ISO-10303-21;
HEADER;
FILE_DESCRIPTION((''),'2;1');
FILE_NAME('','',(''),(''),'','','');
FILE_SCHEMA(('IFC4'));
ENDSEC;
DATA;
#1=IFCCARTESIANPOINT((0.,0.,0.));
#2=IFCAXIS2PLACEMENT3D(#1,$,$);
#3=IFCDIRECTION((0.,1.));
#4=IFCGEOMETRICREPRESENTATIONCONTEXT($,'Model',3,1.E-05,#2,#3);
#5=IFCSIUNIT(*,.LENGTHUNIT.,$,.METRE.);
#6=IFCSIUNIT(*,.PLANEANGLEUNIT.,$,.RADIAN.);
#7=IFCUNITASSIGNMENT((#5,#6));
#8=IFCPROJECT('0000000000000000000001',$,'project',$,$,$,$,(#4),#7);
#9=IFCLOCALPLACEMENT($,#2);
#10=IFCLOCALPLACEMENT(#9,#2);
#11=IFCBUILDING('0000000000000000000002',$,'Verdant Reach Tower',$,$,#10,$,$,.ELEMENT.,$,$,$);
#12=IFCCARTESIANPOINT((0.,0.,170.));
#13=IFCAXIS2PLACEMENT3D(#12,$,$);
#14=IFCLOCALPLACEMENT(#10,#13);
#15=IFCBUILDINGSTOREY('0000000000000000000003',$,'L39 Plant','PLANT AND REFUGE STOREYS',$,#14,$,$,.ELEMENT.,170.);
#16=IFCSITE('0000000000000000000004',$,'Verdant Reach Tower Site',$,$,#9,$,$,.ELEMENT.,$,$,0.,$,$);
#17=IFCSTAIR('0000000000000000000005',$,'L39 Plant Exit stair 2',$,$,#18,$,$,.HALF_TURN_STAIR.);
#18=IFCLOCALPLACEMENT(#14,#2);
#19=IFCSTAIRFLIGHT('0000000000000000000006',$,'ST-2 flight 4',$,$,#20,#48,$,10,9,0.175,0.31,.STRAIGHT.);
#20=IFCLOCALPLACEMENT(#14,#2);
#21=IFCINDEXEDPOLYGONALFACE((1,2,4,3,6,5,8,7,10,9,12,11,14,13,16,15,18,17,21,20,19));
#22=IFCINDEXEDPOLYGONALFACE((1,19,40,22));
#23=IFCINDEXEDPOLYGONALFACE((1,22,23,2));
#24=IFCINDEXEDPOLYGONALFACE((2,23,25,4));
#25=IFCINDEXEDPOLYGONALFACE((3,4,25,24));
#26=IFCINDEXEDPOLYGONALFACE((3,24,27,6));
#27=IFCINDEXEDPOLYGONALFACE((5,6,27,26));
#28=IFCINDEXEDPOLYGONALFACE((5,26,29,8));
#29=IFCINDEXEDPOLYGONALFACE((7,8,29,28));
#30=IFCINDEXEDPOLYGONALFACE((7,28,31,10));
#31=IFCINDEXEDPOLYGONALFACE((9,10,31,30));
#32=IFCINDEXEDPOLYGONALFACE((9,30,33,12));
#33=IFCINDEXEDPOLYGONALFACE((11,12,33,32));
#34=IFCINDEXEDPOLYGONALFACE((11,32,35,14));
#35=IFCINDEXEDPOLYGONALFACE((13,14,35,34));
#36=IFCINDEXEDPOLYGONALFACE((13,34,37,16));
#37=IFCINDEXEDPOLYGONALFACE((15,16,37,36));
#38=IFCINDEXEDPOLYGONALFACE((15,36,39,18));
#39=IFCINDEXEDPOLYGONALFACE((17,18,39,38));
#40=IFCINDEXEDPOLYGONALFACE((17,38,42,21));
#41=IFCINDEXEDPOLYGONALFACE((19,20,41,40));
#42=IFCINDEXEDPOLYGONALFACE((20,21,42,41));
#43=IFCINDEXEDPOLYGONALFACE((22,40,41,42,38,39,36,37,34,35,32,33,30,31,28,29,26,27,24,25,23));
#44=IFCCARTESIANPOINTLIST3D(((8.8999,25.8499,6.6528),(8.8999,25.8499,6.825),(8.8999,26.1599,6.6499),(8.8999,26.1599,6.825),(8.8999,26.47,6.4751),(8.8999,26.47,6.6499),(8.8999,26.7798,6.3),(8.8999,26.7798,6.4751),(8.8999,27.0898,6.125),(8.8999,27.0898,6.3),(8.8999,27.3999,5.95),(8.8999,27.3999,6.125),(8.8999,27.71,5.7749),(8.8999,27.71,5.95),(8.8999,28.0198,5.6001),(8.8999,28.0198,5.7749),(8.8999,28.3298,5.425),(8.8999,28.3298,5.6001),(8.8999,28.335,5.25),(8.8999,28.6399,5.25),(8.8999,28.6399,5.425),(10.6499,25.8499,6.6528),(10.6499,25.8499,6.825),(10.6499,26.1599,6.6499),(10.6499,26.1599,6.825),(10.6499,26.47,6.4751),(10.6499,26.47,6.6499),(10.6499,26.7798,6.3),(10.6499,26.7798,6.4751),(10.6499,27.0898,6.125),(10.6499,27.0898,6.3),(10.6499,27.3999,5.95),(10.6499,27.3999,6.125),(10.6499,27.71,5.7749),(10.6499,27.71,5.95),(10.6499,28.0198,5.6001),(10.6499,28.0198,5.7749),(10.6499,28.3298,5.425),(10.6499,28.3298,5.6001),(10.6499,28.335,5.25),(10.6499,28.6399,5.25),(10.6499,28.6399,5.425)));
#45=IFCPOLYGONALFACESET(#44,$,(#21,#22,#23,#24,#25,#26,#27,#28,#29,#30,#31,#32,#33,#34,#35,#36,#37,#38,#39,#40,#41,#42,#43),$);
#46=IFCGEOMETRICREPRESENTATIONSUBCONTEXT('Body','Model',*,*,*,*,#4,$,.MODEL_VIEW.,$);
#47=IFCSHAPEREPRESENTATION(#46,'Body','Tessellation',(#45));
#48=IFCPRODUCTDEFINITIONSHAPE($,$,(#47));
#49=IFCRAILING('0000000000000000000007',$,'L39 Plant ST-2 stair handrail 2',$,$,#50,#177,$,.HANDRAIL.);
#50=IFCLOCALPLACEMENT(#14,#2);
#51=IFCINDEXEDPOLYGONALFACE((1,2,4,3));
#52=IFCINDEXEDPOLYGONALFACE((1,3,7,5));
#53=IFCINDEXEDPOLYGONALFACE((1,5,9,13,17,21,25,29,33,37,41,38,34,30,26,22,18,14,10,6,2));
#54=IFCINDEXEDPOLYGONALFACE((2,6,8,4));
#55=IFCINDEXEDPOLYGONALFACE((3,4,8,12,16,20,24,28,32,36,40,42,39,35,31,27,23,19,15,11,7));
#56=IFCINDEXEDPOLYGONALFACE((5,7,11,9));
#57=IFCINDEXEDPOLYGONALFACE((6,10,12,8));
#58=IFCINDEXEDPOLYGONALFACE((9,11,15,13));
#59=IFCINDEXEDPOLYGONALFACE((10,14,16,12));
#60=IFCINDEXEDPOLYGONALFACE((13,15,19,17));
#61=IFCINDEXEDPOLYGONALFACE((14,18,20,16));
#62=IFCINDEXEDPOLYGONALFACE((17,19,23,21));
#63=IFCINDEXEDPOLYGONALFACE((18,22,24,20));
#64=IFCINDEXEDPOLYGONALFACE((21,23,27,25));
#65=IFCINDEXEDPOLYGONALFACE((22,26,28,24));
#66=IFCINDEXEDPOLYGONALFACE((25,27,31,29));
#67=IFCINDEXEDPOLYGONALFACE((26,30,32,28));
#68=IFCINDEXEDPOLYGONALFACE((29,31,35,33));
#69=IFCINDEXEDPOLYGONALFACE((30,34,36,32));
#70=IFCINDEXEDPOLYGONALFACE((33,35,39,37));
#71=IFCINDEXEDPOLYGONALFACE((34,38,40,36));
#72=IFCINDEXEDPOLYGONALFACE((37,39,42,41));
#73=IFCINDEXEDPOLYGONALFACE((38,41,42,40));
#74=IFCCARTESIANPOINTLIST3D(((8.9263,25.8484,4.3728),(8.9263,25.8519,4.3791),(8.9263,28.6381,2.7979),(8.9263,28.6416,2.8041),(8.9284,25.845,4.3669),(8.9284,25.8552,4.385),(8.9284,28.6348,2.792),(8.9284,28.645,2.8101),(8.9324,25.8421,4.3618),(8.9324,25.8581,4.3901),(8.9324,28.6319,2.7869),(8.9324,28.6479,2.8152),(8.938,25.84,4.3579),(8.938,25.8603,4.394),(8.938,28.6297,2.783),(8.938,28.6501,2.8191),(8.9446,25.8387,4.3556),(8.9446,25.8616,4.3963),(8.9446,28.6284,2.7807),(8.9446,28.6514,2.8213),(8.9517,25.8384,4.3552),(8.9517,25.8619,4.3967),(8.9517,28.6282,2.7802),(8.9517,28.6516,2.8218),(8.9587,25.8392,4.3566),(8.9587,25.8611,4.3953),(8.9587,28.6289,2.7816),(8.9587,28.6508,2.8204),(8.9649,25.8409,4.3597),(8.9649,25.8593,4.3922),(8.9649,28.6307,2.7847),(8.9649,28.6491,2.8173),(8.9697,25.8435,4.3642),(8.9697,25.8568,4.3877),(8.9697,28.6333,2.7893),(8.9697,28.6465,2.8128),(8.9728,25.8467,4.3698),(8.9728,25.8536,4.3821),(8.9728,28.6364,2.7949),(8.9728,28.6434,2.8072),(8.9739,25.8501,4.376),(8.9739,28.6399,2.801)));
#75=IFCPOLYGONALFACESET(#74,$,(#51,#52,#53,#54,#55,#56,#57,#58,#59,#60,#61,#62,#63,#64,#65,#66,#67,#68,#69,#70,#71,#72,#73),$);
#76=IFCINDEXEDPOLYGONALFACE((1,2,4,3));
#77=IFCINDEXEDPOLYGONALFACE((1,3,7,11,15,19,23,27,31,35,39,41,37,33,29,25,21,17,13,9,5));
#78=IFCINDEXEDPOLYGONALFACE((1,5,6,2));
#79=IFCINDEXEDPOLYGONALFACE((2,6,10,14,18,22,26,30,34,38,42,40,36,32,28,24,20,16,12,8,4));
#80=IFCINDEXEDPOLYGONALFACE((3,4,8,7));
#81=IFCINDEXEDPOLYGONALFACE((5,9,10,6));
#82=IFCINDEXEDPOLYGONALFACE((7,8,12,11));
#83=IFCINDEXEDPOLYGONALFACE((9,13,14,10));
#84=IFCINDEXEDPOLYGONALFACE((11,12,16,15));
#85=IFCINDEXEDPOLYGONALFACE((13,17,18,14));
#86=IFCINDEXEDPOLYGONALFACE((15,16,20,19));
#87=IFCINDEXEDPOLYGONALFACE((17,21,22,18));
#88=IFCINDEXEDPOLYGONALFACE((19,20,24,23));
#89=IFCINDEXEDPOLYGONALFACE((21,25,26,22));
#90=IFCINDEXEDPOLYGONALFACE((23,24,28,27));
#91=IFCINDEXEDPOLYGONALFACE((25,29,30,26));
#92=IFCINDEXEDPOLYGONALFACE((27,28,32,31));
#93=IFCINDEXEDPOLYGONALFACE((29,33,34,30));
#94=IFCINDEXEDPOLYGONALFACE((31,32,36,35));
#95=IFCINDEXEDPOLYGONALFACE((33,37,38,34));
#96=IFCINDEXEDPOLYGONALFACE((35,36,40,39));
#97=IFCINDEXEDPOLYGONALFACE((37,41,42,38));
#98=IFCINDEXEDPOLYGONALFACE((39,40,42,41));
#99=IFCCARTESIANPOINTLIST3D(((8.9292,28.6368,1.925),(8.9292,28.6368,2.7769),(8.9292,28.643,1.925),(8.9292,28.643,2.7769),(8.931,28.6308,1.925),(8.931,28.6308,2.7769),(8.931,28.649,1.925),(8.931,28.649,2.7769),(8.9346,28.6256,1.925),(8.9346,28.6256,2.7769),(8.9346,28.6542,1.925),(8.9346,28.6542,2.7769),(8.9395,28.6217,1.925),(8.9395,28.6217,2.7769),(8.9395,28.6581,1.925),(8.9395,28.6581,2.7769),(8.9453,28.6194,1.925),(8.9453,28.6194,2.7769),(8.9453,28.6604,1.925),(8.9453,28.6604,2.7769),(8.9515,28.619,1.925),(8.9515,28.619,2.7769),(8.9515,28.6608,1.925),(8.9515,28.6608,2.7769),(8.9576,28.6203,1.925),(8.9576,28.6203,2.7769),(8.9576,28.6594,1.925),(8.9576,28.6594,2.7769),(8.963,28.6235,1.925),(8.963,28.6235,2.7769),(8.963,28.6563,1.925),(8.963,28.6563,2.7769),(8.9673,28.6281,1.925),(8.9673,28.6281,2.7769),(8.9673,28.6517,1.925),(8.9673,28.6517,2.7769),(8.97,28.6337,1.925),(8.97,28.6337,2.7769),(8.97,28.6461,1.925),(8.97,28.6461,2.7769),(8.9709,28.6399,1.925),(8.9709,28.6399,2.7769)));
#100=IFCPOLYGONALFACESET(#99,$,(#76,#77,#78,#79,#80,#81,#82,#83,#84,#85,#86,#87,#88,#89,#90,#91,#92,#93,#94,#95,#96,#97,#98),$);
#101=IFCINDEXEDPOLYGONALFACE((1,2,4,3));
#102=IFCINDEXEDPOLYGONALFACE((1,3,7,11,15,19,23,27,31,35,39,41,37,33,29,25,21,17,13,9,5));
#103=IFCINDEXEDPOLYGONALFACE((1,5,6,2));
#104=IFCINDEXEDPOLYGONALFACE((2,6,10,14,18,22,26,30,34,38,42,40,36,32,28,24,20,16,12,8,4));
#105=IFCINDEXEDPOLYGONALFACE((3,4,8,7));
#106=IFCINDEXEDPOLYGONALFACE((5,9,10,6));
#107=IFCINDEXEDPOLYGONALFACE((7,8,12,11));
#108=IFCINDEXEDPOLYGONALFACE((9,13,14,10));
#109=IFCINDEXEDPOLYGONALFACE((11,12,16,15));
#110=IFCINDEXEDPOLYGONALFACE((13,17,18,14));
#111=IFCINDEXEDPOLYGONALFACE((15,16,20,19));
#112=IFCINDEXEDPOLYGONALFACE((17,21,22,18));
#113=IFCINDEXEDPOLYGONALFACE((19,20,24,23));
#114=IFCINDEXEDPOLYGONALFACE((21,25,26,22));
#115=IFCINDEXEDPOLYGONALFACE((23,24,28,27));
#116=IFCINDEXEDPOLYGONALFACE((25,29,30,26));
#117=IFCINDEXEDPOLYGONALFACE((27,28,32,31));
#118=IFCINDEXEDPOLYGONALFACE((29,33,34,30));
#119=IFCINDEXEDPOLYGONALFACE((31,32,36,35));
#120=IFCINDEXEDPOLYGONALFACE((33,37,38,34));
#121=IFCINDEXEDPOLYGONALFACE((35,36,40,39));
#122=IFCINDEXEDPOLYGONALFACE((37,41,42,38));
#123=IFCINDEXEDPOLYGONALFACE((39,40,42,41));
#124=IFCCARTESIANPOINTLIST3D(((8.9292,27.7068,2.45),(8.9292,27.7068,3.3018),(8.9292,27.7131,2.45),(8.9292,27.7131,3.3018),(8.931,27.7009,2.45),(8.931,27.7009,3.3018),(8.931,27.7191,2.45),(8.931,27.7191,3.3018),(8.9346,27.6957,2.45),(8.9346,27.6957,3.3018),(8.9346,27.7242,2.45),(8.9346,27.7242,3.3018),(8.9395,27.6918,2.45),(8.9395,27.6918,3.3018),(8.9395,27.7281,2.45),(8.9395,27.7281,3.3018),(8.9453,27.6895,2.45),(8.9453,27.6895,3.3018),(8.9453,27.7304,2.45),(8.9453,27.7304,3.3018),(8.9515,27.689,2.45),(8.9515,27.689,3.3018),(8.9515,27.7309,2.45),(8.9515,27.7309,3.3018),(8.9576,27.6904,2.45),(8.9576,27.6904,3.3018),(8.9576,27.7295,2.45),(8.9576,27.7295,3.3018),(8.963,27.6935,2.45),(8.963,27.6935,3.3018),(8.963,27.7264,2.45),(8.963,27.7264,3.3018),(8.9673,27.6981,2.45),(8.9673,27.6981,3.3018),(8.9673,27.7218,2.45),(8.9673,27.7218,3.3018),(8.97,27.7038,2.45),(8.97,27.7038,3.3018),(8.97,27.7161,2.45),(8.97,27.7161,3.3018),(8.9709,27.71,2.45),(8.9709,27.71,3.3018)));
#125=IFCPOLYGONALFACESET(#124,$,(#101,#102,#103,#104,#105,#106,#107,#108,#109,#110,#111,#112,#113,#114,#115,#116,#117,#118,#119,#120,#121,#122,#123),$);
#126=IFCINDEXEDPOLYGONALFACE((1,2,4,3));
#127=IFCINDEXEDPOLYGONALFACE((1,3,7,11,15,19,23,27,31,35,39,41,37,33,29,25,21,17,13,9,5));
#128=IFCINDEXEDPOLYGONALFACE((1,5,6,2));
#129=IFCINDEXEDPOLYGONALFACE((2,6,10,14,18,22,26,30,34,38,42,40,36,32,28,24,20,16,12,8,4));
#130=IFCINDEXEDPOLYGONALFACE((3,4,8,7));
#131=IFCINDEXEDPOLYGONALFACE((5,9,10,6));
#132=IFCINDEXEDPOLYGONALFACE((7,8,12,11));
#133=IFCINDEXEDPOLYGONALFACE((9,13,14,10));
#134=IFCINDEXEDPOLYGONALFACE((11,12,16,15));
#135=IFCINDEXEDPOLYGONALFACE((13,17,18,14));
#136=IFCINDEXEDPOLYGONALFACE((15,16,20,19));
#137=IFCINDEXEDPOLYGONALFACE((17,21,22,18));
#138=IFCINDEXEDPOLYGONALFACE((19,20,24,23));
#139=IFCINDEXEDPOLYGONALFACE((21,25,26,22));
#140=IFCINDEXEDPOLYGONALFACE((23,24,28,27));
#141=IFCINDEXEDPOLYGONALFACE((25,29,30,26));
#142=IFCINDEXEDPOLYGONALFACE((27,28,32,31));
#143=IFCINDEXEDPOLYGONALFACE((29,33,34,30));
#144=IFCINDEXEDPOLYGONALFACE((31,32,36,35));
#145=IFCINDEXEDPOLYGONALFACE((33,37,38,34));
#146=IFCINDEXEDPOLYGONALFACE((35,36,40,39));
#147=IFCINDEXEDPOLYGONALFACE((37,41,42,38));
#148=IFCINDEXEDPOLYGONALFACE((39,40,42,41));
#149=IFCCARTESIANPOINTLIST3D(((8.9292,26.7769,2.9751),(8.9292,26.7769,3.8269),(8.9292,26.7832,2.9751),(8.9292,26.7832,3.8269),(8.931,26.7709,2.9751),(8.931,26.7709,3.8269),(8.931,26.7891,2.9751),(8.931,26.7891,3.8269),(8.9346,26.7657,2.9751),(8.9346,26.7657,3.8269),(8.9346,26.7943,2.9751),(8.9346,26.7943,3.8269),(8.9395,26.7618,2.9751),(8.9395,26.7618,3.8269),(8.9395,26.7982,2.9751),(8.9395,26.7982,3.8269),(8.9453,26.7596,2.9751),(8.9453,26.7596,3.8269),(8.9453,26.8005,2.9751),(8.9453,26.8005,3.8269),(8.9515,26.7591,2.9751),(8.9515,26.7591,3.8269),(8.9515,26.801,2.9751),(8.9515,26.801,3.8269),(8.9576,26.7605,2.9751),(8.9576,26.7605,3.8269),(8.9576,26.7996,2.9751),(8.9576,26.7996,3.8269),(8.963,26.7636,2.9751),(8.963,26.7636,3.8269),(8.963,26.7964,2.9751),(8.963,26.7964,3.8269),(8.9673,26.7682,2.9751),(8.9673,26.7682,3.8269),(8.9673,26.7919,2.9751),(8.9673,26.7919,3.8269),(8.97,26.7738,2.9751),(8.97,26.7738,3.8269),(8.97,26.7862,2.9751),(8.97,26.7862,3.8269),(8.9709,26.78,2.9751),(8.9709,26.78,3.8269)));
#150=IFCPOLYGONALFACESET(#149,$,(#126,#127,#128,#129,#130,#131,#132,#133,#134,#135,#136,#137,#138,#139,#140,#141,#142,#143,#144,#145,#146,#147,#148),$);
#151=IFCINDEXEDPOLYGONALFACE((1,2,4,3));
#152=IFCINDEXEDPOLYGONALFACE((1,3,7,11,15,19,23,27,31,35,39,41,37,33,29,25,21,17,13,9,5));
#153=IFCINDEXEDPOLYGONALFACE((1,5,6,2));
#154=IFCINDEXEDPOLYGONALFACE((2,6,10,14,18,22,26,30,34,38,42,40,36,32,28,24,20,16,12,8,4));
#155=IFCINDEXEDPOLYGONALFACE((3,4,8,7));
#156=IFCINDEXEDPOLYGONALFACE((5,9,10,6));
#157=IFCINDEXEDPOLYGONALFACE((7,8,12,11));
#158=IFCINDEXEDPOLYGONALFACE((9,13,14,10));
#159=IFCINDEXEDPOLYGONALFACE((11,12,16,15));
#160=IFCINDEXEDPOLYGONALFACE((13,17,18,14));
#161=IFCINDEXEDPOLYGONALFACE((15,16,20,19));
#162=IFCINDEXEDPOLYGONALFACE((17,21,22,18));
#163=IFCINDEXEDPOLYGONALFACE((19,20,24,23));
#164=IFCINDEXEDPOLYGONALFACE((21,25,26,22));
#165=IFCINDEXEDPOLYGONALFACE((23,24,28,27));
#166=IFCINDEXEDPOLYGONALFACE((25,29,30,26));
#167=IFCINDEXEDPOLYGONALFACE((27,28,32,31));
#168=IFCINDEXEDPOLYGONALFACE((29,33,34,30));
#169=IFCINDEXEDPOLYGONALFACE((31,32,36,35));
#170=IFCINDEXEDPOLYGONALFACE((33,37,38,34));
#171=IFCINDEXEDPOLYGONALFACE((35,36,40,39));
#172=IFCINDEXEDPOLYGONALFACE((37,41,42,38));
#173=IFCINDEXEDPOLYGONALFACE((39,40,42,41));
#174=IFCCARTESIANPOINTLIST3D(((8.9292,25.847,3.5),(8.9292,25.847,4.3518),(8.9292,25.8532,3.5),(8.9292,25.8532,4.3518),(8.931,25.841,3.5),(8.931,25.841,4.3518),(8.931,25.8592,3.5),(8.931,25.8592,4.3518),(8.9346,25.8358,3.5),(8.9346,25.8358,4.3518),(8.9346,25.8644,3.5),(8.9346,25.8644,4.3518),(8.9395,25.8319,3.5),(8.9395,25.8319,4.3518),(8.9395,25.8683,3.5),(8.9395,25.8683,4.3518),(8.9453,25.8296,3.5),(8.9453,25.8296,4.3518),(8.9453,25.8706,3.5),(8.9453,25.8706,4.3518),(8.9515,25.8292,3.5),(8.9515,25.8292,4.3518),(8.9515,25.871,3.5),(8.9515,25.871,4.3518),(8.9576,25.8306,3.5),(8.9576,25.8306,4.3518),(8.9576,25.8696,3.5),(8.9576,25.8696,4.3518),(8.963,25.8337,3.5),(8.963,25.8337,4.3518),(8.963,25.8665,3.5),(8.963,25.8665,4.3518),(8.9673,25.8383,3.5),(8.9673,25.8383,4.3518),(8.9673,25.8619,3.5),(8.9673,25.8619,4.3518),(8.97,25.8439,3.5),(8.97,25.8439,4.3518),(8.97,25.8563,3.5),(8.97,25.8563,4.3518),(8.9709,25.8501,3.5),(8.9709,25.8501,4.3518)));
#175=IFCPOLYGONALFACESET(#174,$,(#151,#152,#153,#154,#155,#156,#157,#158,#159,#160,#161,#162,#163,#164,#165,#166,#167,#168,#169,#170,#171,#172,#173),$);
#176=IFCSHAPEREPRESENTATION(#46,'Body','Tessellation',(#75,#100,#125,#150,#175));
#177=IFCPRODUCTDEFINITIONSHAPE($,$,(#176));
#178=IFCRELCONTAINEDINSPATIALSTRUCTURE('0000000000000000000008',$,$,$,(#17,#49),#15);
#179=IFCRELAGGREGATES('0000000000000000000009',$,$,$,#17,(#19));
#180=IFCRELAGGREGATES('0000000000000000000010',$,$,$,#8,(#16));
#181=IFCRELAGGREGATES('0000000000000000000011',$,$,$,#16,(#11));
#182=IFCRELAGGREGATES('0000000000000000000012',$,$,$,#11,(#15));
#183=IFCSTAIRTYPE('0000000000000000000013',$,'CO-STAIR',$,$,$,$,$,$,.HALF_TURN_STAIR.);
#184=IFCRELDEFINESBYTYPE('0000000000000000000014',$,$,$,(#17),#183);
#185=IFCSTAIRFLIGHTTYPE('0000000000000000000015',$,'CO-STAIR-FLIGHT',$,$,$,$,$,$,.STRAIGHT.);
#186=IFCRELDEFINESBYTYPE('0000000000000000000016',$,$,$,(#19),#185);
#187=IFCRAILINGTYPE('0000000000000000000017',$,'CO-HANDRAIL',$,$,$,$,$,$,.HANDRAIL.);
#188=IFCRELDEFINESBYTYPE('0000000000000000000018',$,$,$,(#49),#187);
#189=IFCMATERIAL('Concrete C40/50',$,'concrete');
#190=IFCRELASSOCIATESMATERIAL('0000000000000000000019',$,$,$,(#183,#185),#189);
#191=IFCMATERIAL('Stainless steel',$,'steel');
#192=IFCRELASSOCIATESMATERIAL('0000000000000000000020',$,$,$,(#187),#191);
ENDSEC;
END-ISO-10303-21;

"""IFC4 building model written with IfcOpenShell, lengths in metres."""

from ifc_helpers import new_model, si_unit, direction, frame, origin, origin_2d, place, context, subcontext, project, spatial, polyline, circle, outline, extrude, material, type_object, element, aggregate, save


model = new_model("IFC4")

# Units and contexts
model_context = context("Model", 3, precision=1e-05, world=origin(), true_north=direction((0.0, 1.0)))
body_context = subcontext(model_context, "Body", "Model", "MODEL_VIEW")
ifc_project = project(units=[si_unit("LENGTHUNIT", "METRE"), si_unit("PLANEANGLEUNIT", "RADIAN")], contexts=[model_context])

# Site, building, storey
site_placement = place(None, origin())
site = spatial("IfcSite", under=ifc_project, at=site_placement, Name="Verdant Reach Tower Site", CompositionType="ELEMENT", RefElevation=0.0)
building_placement = place(site_placement, origin())
building = spatial("IfcBuilding", under=site, at=building_placement, Name="Verdant Reach Tower", CompositionType="ELEMENT")
storey_placement = place(building_placement, frame((0.0, 0.0, 170.0)))
storey = spatial("IfcBuildingStorey", under=building, at=storey_placement, Name="L39 Plant", Description="PLANT AND REFUGE STOREYS", CompositionType="ELEMENT", Elevation=170.0)

# Shared definitions
ifc_material_1 = material(Name="Concrete C40/50", Category="concrete")

# Stair, stair flight
stair_type = type_object("IfcStairType", Name="CO-STAIR", PredefinedType="HALF_TURN_STAIR", material=ifc_material_1)
stair_placement = place(storey_placement, origin())
stair = element("IfcStair", 1, at=stair_placement, inside=storey, type_object=stair_type, Name="L39 Plant Exit stair 2", PredefinedType="HALF_TURN_STAIR")
stair_flight_type = type_object("IfcStairFlightType", Name="CO-STAIR-FLIGHT", PredefinedType="STRAIGHT", material=ifc_material_1)
stair_flight_1_placement = place(storey_placement, frame((9.7749, 28.6399, 5.25), z_axis=(0.0, 0.0, 1.0), x_axis=(0.0, -1.0, 0.0)))
stair_flight_1 = element("IfcStairFlight", 2, at=stair_flight_1_placement, type_object=stair_flight_type, Name="ST-2 flight 4", NumberOfRisers=10, NumberOfTreads=9, PredefinedType="STRAIGHT", RiserHeight=0.175, TreadLength=0.31, context=body_context, shape_type="SweptSolid", body=[
    extrude(outline(polyline([(0.0, 0.0), (0.0, 0.175), (0.3101, 0.175), (0.3101, 0.3501), (0.6201, 0.3501), (0.6201, 0.5249), (0.9299, 0.5249), (0.9299, 0.7), (1.24, 0.7), (1.24, 0.875), (1.55, 0.875), (1.55, 1.05), (1.8601, 1.05), (1.8601, 1.2251), (2.1699, 1.2251), (2.1699, 1.3999), (2.48, 1.3999), (2.48, 1.575), (2.79, 1.575), (2.79, 1.75), (2.79, 1.4028), (0.3049, 0.0), (0.0, 0.0)])), frame((0.0, 0.875, 0.0), z_axis=(0.0, -1.0, 0.0), x_axis=(1.0, 0.0, 0.0)), (0.0, 0.0, 1.0), 1.75),
])
aggregate(stair, [stair_flight_1])

# Railing
ifc_material_2 = material(Name="Stainless steel", Category="steel")
railing_type = type_object("IfcRailingType", Name="CO-HANDRAIL", PredefinedType="HANDRAIL", material=ifc_material_2)
for number, where, name in (
    (3, (8.95, 28.6399, 1.925), "L39 Plant ST-2 stair handrail 2"),
):
    element("IfcRailing", number, at=place(storey_placement, frame(where)), inside=storey, type_object=railing_type, Name=name, PredefinedType="HANDRAIL", context=body_context, shape_type="SweptSolid", body=[
        extrude(circle(Radius=0.0239, at=origin_2d()), frame((0.0, 0.0, 0.876), z_axis=(0.0, -0.870815, 0.49161), x_axis=(1.0, 0.0, 0.0)), (0.0, 0.0, 1.0), 3.2036),
        extrude(circle(Radius=0.021, at=origin_2d()), origin(), (0.0, 0.0, 1.0), 0.8518),
        extrude(circle(Radius=0.021, at=origin_2d()), frame((0.0, -0.9299, 0.5249)), (0.0, 0.0, 1.0), 0.8518),
        extrude(circle(Radius=0.021, at=origin_2d()), frame((0.0, -1.8599, 1.05)), (0.0, 0.0, 1.0), 0.8518),
        extrude(circle(Radius=0.021, at=origin_2d()), frame((0.0, -2.7898, 1.575)), (0.0, 0.0, 1.0), 0.8518),
    ])

save(model, "model.ifc")
